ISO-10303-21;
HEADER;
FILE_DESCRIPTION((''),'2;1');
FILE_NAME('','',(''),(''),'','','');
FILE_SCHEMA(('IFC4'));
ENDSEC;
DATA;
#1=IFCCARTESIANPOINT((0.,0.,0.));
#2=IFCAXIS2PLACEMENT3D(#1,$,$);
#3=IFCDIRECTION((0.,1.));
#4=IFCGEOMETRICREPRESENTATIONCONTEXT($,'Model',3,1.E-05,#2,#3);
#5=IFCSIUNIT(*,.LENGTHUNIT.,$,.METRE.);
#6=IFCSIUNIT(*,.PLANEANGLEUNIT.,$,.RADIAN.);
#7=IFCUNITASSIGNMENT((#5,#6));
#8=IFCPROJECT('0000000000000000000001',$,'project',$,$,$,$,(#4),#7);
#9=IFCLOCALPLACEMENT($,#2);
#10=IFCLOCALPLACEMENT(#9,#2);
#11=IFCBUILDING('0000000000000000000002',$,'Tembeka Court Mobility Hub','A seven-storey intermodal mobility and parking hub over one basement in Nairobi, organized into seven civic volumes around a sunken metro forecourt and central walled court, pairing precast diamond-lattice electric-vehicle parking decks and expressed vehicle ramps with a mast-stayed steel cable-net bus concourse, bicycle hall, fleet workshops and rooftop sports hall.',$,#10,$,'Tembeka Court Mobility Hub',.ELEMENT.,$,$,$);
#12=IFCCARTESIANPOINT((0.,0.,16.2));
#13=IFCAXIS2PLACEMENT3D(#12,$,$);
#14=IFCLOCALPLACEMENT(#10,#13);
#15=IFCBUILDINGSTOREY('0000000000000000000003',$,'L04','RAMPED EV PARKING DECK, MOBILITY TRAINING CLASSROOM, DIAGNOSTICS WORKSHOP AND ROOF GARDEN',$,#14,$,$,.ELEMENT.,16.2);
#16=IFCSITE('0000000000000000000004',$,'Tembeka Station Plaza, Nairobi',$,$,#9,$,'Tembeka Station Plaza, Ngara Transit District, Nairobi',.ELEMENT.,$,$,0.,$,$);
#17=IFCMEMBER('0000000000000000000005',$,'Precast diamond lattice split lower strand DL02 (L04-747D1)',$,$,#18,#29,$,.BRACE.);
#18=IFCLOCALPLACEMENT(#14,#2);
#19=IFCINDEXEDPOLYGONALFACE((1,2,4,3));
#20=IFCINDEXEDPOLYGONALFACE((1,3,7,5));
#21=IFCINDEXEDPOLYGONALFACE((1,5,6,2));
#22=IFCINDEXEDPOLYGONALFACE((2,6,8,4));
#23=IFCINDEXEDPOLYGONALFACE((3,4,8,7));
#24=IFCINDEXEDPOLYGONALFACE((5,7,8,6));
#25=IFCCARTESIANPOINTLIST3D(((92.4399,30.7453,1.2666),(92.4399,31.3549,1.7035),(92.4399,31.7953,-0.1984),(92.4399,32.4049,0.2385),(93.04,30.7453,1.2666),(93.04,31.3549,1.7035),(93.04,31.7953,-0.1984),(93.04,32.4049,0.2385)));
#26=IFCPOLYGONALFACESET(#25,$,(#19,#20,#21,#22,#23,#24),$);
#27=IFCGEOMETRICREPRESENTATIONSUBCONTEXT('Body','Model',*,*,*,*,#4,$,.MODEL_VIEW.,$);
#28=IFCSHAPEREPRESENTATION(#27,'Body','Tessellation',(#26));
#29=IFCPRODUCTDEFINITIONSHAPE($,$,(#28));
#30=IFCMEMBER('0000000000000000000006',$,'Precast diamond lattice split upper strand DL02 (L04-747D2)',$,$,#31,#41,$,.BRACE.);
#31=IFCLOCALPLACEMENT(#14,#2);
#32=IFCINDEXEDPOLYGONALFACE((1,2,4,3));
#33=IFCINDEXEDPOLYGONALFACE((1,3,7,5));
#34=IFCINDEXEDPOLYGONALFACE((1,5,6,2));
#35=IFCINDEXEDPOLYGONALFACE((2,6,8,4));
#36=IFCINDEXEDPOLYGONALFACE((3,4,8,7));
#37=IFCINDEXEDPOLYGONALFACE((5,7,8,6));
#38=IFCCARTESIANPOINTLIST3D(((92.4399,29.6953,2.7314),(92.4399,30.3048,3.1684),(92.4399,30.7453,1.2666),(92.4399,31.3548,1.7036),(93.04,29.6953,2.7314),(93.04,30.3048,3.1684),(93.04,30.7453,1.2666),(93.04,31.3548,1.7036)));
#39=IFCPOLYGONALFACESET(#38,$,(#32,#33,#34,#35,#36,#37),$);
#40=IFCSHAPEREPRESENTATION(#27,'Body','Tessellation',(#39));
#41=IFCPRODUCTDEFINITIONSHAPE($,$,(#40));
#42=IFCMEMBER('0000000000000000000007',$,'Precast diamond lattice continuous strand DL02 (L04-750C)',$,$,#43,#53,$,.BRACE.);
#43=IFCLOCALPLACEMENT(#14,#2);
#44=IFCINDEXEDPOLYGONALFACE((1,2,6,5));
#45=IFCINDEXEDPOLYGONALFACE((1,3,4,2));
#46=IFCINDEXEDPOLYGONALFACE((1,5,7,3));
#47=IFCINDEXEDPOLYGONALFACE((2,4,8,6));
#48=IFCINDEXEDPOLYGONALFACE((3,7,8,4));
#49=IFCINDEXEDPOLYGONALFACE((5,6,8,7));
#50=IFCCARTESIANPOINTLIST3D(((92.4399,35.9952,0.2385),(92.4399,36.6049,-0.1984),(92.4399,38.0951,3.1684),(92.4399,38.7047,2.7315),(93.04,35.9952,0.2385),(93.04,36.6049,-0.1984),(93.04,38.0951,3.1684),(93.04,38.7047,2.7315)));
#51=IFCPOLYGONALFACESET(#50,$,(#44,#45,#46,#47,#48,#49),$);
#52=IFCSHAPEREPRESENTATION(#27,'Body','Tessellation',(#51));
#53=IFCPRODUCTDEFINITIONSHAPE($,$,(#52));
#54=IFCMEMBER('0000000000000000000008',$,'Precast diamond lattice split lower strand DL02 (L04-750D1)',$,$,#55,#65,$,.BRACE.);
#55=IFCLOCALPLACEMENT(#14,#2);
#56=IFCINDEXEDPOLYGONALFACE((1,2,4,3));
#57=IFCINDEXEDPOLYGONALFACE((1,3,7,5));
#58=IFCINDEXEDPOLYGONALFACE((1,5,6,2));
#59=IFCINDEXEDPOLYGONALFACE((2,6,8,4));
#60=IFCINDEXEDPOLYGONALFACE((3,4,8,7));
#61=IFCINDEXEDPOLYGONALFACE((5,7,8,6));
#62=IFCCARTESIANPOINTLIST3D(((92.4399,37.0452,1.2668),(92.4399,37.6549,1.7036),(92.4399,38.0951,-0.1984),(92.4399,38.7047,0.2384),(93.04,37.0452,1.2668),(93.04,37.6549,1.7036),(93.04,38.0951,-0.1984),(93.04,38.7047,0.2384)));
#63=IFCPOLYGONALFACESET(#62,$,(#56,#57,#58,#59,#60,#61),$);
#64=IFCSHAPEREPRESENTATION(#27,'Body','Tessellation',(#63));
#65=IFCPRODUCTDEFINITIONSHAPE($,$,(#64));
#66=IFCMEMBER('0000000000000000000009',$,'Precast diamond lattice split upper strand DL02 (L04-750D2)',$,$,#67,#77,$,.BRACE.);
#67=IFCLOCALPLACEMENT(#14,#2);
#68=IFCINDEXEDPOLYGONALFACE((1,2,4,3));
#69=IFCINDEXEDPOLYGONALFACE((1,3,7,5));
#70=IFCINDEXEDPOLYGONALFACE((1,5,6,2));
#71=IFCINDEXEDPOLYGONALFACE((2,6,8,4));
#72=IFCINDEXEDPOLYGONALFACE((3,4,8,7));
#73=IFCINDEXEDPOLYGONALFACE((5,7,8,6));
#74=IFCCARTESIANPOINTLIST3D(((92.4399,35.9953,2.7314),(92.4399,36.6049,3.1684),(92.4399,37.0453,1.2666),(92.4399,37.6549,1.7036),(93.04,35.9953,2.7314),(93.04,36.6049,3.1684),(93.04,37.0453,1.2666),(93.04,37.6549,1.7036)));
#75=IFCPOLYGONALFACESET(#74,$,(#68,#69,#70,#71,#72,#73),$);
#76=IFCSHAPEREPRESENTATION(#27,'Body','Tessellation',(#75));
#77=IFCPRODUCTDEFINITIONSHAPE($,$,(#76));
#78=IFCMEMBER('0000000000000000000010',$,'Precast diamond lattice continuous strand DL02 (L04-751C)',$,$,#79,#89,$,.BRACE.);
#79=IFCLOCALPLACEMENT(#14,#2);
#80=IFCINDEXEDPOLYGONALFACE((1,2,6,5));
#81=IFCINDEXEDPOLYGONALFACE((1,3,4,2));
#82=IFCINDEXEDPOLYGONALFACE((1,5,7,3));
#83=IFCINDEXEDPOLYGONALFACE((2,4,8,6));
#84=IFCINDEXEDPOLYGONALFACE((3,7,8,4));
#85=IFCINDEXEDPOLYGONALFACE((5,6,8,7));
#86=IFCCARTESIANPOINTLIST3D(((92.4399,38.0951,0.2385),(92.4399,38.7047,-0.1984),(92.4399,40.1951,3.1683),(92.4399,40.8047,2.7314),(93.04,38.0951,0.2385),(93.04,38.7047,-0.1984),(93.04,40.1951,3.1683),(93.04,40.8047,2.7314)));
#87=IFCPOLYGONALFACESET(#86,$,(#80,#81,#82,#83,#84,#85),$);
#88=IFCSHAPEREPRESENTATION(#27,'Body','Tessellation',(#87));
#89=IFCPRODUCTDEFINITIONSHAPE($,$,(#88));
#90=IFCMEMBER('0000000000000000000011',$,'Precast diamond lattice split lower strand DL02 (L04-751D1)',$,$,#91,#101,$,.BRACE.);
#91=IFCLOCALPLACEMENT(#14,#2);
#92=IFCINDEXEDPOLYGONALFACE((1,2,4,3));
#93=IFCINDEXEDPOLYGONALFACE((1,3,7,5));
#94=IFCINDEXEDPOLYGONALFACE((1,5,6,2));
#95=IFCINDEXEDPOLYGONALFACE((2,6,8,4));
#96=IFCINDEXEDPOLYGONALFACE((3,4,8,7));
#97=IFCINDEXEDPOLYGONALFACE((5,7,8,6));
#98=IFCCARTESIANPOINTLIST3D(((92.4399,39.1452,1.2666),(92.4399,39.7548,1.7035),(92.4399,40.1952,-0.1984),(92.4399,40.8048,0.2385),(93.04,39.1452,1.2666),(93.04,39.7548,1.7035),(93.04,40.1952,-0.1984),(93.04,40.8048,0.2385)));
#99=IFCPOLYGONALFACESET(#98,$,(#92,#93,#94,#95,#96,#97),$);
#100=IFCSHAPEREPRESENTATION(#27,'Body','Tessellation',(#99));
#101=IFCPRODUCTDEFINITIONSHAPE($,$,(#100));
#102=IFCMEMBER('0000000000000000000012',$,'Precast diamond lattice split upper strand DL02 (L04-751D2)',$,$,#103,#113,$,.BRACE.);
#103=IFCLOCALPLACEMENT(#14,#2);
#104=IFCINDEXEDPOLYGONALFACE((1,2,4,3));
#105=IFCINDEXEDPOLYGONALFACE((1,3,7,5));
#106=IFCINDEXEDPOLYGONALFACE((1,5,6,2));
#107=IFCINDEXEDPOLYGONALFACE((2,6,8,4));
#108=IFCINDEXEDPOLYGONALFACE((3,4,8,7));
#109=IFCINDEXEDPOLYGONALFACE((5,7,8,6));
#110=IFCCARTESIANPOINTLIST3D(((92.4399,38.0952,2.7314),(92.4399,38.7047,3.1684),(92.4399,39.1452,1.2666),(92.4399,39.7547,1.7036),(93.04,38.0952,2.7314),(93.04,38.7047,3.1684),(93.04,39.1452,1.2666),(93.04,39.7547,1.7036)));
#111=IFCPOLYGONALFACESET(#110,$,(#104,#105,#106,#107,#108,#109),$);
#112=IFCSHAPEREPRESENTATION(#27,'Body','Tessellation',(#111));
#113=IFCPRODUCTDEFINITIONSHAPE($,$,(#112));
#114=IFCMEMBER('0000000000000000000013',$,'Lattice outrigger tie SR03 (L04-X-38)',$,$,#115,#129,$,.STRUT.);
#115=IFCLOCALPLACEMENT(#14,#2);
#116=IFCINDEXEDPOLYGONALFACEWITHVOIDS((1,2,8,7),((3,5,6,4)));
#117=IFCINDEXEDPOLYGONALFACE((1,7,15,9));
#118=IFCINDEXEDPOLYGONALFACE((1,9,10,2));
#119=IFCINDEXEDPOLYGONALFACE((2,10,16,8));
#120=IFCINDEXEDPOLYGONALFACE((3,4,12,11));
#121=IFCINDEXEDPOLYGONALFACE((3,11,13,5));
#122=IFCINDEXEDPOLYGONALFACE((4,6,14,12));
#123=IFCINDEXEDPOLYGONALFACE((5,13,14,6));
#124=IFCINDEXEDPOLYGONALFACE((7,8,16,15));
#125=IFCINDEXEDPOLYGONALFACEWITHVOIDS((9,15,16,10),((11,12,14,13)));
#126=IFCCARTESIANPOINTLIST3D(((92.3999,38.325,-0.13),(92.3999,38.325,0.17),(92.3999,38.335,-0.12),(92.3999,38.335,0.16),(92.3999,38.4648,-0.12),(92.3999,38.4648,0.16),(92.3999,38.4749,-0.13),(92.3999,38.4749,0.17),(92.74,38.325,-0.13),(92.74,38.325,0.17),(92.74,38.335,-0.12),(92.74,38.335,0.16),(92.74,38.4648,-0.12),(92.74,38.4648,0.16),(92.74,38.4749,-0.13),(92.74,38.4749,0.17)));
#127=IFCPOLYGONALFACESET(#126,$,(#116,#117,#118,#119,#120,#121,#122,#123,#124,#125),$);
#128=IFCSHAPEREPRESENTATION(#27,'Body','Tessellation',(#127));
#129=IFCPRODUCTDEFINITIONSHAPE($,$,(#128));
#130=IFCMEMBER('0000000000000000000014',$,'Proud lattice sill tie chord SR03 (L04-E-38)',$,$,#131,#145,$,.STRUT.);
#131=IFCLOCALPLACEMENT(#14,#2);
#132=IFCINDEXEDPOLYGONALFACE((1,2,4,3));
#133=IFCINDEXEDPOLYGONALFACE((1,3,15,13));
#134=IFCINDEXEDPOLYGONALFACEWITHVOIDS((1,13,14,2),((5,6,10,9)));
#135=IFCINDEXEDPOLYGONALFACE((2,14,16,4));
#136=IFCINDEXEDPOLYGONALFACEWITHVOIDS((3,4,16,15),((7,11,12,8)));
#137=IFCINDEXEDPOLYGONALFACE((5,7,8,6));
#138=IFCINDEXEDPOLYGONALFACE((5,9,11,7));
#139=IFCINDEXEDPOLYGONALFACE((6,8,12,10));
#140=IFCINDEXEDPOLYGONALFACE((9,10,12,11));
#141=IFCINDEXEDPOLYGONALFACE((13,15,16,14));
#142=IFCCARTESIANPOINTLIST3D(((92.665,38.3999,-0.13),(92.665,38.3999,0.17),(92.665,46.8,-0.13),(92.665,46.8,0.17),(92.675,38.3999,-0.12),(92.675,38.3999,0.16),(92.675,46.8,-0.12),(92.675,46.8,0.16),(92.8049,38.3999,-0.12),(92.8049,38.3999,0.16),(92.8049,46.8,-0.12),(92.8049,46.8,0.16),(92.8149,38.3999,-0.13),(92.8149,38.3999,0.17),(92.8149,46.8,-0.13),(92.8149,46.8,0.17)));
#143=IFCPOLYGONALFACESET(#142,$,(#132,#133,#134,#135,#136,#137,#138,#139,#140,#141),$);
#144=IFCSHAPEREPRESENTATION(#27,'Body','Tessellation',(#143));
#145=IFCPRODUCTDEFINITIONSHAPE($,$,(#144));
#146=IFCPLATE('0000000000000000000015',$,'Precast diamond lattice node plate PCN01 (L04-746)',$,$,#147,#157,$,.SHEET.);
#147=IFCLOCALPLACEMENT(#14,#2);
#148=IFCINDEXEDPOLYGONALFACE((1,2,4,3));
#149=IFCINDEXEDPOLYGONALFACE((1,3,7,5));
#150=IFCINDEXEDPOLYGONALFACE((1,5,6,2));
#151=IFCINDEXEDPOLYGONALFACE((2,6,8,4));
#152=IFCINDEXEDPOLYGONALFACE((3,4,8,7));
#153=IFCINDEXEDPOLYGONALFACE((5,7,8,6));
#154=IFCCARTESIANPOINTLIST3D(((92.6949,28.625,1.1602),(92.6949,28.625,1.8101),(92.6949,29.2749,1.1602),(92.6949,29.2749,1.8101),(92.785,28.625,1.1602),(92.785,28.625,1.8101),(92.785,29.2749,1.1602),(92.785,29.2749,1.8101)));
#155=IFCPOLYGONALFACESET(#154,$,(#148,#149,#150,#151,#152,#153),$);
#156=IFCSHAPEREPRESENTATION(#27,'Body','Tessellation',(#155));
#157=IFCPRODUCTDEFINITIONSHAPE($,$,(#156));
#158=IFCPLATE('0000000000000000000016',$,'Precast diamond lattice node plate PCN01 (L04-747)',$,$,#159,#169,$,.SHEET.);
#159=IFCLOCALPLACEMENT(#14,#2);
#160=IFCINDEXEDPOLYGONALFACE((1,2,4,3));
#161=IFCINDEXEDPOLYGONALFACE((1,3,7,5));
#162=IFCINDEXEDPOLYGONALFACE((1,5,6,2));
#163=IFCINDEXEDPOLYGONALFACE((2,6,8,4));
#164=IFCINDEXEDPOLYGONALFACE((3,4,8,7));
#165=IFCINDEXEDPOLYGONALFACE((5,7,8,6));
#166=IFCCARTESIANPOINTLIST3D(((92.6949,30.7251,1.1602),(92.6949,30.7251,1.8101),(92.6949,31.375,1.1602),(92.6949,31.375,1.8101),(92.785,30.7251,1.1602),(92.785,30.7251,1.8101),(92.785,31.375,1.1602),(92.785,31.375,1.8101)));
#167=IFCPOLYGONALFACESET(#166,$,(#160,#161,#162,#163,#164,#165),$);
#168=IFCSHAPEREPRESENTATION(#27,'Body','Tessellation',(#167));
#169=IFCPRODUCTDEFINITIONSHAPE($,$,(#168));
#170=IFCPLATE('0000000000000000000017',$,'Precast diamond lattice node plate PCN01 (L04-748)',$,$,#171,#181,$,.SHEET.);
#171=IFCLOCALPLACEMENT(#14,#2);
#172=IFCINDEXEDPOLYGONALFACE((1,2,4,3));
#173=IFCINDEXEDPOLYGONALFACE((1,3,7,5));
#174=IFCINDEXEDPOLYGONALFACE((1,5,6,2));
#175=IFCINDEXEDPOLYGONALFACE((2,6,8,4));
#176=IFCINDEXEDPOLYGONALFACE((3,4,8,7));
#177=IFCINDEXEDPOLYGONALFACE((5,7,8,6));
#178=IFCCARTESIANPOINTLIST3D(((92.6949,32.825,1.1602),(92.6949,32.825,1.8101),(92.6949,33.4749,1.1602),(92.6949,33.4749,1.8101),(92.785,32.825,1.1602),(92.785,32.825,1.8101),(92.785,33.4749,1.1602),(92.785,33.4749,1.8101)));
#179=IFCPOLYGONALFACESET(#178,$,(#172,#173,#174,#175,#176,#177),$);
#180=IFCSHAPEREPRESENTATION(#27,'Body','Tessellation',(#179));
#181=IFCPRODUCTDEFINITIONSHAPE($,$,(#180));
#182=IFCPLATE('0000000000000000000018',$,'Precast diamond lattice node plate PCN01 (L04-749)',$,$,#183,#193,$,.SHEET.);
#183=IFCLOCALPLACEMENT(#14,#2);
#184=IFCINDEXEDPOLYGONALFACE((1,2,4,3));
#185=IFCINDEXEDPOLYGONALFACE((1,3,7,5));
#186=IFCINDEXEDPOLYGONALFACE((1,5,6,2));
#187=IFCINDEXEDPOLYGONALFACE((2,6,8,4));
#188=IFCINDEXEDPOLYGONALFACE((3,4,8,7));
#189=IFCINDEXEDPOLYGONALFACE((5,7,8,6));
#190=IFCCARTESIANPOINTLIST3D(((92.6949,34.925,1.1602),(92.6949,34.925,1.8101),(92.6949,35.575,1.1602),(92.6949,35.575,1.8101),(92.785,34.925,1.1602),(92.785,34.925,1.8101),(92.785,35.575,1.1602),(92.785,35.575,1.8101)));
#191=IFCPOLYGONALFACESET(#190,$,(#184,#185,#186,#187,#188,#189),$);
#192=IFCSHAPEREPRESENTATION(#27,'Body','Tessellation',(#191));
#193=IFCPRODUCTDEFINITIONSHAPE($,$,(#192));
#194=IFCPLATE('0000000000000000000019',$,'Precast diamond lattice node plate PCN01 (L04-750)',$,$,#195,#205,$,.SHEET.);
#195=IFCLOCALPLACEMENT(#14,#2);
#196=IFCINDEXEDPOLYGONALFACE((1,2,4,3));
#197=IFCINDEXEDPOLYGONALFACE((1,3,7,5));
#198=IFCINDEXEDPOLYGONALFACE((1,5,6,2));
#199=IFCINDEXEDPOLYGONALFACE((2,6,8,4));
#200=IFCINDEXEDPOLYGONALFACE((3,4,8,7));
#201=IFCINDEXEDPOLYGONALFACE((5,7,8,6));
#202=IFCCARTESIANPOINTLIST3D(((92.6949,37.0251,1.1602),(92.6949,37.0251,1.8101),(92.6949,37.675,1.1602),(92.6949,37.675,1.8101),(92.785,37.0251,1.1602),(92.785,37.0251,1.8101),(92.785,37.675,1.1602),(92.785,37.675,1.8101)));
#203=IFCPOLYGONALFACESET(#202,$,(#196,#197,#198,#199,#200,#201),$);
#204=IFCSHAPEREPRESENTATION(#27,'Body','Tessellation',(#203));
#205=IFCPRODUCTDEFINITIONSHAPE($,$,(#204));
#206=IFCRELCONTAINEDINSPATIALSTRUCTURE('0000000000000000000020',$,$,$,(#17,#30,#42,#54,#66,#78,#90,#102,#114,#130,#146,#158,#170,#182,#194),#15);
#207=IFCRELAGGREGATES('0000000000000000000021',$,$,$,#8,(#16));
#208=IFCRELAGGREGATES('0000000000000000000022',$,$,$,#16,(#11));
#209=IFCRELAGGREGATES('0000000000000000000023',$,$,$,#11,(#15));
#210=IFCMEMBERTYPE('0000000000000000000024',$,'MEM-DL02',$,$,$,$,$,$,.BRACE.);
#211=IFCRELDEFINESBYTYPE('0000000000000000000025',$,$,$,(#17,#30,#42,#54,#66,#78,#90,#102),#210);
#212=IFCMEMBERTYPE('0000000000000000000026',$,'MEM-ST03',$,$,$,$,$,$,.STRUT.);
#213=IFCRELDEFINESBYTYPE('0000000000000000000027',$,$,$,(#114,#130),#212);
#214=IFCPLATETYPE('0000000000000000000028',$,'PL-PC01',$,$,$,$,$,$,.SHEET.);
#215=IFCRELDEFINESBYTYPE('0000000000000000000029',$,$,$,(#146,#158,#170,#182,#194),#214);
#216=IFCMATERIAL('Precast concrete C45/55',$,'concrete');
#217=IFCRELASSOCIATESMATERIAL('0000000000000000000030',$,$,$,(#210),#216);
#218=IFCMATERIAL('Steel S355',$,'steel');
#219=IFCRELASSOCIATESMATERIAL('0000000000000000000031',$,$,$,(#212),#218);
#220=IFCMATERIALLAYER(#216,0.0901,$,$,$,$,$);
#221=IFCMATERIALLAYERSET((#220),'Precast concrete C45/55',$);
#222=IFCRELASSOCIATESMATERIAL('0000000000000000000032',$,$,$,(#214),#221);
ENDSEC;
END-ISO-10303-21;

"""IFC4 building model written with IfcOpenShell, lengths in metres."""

from ifc_helpers import new_model, si_unit, direction, frame, origin, origin_2d, place, context, subcontext, project, spatial, rectangle, hollow_rectangle, extrude, material, layer, layer_set, material_profile, profile_set, type_object, element, save


model = new_model("IFC4")

# Units and contexts
model_context = context("Model", 3, precision=1e-05, world=origin(), true_north=direction((0.0, 1.0)))
body_context = subcontext(model_context, "Body", "Model", "MODEL_VIEW")
ifc_project = project(units=[si_unit("LENGTHUNIT", "METRE"), si_unit("PLANEANGLEUNIT", "RADIAN")], contexts=[model_context])

# Site, building, storey
site_placement = place(None, origin())
site = spatial("IfcSite", under=ifc_project, at=site_placement, Name="Tembeka Station Plaza, Nairobi", LongName="Tembeka Station Plaza, Ngara Transit District, Nairobi", CompositionType="ELEMENT", RefElevation=0.0)
building_placement = place(site_placement, origin())
building = spatial("IfcBuilding", under=site, at=building_placement, Name="Tembeka Court Mobility Hub", Description="A seven-storey intermodal mobility and parking hub over one basement in Nairobi, organized into seven civic volumes around a sunken metro forecourt and central walled court, pairing precast diamond-lattice electric-vehicle parking decks and expressed vehicle ramps with a mast-stayed steel cable-net bus concourse, bicycle hall, fleet workshops and rooftop sports hall.", LongName="Tembeka Court Mobility Hub", CompositionType="ELEMENT")
storey_placement = place(building_placement, frame((0.0, 0.0, 16.2)))
storey = spatial("IfcBuildingStorey", under=building, at=storey_placement, Name="L04", Description="RAMPED EV PARKING DECK, MOBILITY TRAINING CLASSROOM, DIAGNOSTICS WORKSHOP AND ROOF GARDEN", CompositionType="ELEMENT", Elevation=16.2)

# Shared definitions
ifc_material_1 = material(Name="Steel S355", Category="steel")

# Shared definitions
ifc_material_2 = material(Name="Precast concrete C45/55", Category="concrete")

# Members
ifc_material_profile_1 = material_profile(ifc_material_2, rectangle(XDim=0.6001, YDim=0.75, at=origin_2d()), Name="PC-DIAG 600x750")
ifc_profile_set_1 = profile_set([ifc_material_profile_1], Name="Precast concrete C45/55")
member_type_1 = type_object("IfcMemberType", Name="MEM-DL02", PredefinedType="BRACE", material=ifc_profile_set_1)
member_1_placement = place(storey_placement, frame((92.74, 32.1001, 0.02), z_axis=(0.0, -0.582544, 0.812799), x_axis=(1.0, 0.0, 0.0)))
element("IfcMember", 1, at=member_1_placement, inside=storey, type_object=member_type_1, Name="Precast diamond lattice split lower strand DL02 (L04-747D1)", PredefinedType="BRACE", context=body_context, shape_type="SweptSolid", body=[
    extrude(rectangle(XDim=0.6001, YDim=0.75, at=origin_2d()), origin(), (0.0, 0.0, 1.0), 1.8025),
])
member_2_placement = place(storey_placement, frame((92.74, 31.05, 1.4851), z_axis=(0.0, -0.582608, 0.812753), x_axis=(1.0, 0.0, 0.0)))
element("IfcMember", 2, at=member_2_placement, inside=storey, type_object=member_type_1, Name="Precast diamond lattice split upper strand DL02 (L04-747D2)", PredefinedType="BRACE", context=body_context, shape_type="SweptSolid", body=[
    extrude(rectangle(XDim=0.6001, YDim=0.75, at=origin_2d()), origin(), (0.0, 0.0, 1.0), 1.8022),
])
member_3_placement = place(storey_placement, frame((92.74, 36.3, 0.02), z_axis=(0.0, 0.582532, 0.812808), x_axis=(-1.0, 0.0, 0.0)))
element("IfcMember", 3, at=member_3_placement, inside=storey, type_object=member_type_1, Name="Precast diamond lattice continuous strand DL02 (L04-750C)", PredefinedType="BRACE", context=body_context, shape_type="SweptSolid", body=[
    extrude(rectangle(XDim=0.6001, YDim=0.75, at=origin_2d()), origin(), (0.0, 0.0, 1.0), 3.6047),
])
member_4_placement = place(storey_placement, frame((92.74, 38.3999, 0.02), z_axis=(0.0, -0.582455, 0.812863), x_axis=(1.0, 0.0, 0.0)))
element("IfcMember", 4, at=member_4_placement, inside=storey, type_object=member_type_1, Name="Precast diamond lattice split lower strand DL02 (L04-750D1)", PredefinedType="BRACE", context=body_context, shape_type="SweptSolid", body=[
    extrude(rectangle(XDim=0.6001, YDim=0.75, at=origin_2d()), origin(), (0.0, 0.0, 1.0), 1.8025),
])
member_5_placement = place(storey_placement, frame((92.74, 37.3501, 1.4851), z_axis=(0.0, -0.582608, 0.812753), x_axis=(1.0, 0.0, 0.0)))
element("IfcMember", 5, at=member_5_placement, inside=storey, type_object=member_type_1, Name="Precast diamond lattice split upper strand DL02 (L04-750D2)", PredefinedType="BRACE", context=body_context, shape_type="SweptSolid", body=[
    extrude(rectangle(XDim=0.6001, YDim=0.75, at=origin_2d()), origin(), (0.0, 0.0, 1.0), 1.8022),
])
member_6_placement = place(storey_placement, frame((92.74, 38.3999, 0.02), z_axis=(0.0, 0.582576, 0.812776), x_axis=(-1.0, 0.0, 0.0)))
element("IfcMember", 6, at=member_6_placement, inside=storey, type_object=member_type_1, Name="Precast diamond lattice continuous strand DL02 (L04-751C)", PredefinedType="BRACE", context=body_context, shape_type="SweptSolid", body=[
    extrude(rectangle(XDim=0.6001, YDim=0.75, at=origin_2d()), origin(), (0.0, 0.0, 1.0), 3.6047),
])
member_7_placement = place(storey_placement, frame((92.74, 40.5, 0.02), z_axis=(0.0, -0.582544, 0.812799), x_axis=(1.0, 0.0, 0.0)))
element("IfcMember", 7, at=member_7_placement, inside=storey, type_object=member_type_1, Name="Precast diamond lattice split lower strand DL02 (L04-751D1)", PredefinedType="BRACE", context=body_context, shape_type="SweptSolid", body=[
    extrude(rectangle(XDim=0.6001, YDim=0.75, at=origin_2d()), origin(), (0.0, 0.0, 1.0), 1.8025),
])
member_8_placement = place(storey_placement, frame((92.74, 39.45, 1.4851), z_axis=(0.0, -0.582608, 0.812753), x_axis=(1.0, 0.0, 0.0)))
element("IfcMember", 8, at=member_8_placement, inside=storey, type_object=member_type_1, Name="Precast diamond lattice split upper strand DL02 (L04-751D2)", PredefinedType="BRACE", context=body_context, shape_type="SweptSolid", body=[
    extrude(rectangle(XDim=0.6001, YDim=0.75, at=origin_2d()), origin(), (0.0, 0.0, 1.0), 1.8022),
])
ifc_material_profile_2 = material_profile(ifc_material_1, hollow_rectangle(XDim=0.1499, YDim=0.3, WallThickness=0.01, at=origin_2d()), Name="RHS 300x150x10")
ifc_profile_set_2 = profile_set([ifc_material_profile_2], Name="Steel S355")
member_type_2 = type_object("IfcMemberType", Name="MEM-ST03", PredefinedType="STRUT", material=ifc_profile_set_2)
member_9_placement = place(storey_placement, frame((92.3999, 38.3999, 0.02), z_axis=(1.0, 0.0, 0.0), x_axis=(0.0, 1.0, 0.0)))
element("IfcMember", 9, at=member_9_placement, inside=storey, type_object=member_type_2, Name="Lattice outrigger tie SR03 (L04-X-38)", PredefinedType="STRUT", context=body_context, shape_type="SweptSolid", body=[
    extrude(hollow_rectangle(XDim=0.1499, YDim=0.3, WallThickness=0.01, at=origin_2d()), origin(), (0.0, 0.0, 1.0), 0.3401),
])
member_10_placement = place(storey_placement, frame((92.74, 38.3999, 0.02), z_axis=(0.0, 1.0, 0.0), x_axis=(-1.0, 0.0, 0.0)))
element("IfcMember", 10, at=member_10_placement, inside=storey, type_object=member_type_2, Name="Proud lattice sill tie chord SR03 (L04-E-38)", PredefinedType="STRUT", context=body_context, shape_type="SweptSolid", body=[
    extrude(hollow_rectangle(XDim=0.1499, YDim=0.3, WallThickness=0.01, at=origin_2d()), origin(), (0.0, 0.0, 1.0), 8.4001),
])

# Plates
ifc_layer_1 = layer(ifc_material_2, 0.0901)
ifc_layer_set_1 = layer_set([ifc_layer_1], Name="Precast concrete C45/55")
plate_type = type_object("IfcPlateType", Name="PL-PC01", PredefinedType="SHEET", material=ifc_layer_set_1)
for number, where, z_axis, x_axis, name in (
    (11, (92.74, 28.95, 1.1602), (0.0, 0.0, 1.0), (1.0, 0.0, 0.0), "Precast diamond lattice node plate PCN01 (L04-746)"),
    (12, (92.74, 31.05, 1.1602), (0.0, 0.0, 1.0), (1.0, 0.0, 0.0), "Precast diamond lattice node plate PCN01 (L04-747)"),
    (13, (92.74, 33.1499, 1.1602), (0.0, 0.0, 1.0), (1.0, 0.0, 0.0), "Precast diamond lattice node plate PCN01 (L04-748)"),
    (14, (92.74, 35.25, 1.1602), (0.0, 0.0, 1.0), (1.0, 0.0, 0.0), "Precast diamond lattice node plate PCN01 (L04-749)"),
    (15, (92.74, 37.3501, 1.1602), (0.0, 0.0, 1.0), (1.0, 0.0, 0.0), "Precast diamond lattice node plate PCN01 (L04-750)"),
):
    element("IfcPlate", number, at=place(storey_placement, frame(where, z_axis=z_axis, x_axis=x_axis)), inside=storey, type_object=plate_type, Name=name, PredefinedType="SHEET", context=body_context, shape_type="SweptSolid", body=[
        extrude(rectangle(XDim=0.0901, YDim=0.6499, at=origin_2d()), origin(), (0.0, 0.0, 1.0), 0.6499),
    ])

save(model, "model.ifc")
